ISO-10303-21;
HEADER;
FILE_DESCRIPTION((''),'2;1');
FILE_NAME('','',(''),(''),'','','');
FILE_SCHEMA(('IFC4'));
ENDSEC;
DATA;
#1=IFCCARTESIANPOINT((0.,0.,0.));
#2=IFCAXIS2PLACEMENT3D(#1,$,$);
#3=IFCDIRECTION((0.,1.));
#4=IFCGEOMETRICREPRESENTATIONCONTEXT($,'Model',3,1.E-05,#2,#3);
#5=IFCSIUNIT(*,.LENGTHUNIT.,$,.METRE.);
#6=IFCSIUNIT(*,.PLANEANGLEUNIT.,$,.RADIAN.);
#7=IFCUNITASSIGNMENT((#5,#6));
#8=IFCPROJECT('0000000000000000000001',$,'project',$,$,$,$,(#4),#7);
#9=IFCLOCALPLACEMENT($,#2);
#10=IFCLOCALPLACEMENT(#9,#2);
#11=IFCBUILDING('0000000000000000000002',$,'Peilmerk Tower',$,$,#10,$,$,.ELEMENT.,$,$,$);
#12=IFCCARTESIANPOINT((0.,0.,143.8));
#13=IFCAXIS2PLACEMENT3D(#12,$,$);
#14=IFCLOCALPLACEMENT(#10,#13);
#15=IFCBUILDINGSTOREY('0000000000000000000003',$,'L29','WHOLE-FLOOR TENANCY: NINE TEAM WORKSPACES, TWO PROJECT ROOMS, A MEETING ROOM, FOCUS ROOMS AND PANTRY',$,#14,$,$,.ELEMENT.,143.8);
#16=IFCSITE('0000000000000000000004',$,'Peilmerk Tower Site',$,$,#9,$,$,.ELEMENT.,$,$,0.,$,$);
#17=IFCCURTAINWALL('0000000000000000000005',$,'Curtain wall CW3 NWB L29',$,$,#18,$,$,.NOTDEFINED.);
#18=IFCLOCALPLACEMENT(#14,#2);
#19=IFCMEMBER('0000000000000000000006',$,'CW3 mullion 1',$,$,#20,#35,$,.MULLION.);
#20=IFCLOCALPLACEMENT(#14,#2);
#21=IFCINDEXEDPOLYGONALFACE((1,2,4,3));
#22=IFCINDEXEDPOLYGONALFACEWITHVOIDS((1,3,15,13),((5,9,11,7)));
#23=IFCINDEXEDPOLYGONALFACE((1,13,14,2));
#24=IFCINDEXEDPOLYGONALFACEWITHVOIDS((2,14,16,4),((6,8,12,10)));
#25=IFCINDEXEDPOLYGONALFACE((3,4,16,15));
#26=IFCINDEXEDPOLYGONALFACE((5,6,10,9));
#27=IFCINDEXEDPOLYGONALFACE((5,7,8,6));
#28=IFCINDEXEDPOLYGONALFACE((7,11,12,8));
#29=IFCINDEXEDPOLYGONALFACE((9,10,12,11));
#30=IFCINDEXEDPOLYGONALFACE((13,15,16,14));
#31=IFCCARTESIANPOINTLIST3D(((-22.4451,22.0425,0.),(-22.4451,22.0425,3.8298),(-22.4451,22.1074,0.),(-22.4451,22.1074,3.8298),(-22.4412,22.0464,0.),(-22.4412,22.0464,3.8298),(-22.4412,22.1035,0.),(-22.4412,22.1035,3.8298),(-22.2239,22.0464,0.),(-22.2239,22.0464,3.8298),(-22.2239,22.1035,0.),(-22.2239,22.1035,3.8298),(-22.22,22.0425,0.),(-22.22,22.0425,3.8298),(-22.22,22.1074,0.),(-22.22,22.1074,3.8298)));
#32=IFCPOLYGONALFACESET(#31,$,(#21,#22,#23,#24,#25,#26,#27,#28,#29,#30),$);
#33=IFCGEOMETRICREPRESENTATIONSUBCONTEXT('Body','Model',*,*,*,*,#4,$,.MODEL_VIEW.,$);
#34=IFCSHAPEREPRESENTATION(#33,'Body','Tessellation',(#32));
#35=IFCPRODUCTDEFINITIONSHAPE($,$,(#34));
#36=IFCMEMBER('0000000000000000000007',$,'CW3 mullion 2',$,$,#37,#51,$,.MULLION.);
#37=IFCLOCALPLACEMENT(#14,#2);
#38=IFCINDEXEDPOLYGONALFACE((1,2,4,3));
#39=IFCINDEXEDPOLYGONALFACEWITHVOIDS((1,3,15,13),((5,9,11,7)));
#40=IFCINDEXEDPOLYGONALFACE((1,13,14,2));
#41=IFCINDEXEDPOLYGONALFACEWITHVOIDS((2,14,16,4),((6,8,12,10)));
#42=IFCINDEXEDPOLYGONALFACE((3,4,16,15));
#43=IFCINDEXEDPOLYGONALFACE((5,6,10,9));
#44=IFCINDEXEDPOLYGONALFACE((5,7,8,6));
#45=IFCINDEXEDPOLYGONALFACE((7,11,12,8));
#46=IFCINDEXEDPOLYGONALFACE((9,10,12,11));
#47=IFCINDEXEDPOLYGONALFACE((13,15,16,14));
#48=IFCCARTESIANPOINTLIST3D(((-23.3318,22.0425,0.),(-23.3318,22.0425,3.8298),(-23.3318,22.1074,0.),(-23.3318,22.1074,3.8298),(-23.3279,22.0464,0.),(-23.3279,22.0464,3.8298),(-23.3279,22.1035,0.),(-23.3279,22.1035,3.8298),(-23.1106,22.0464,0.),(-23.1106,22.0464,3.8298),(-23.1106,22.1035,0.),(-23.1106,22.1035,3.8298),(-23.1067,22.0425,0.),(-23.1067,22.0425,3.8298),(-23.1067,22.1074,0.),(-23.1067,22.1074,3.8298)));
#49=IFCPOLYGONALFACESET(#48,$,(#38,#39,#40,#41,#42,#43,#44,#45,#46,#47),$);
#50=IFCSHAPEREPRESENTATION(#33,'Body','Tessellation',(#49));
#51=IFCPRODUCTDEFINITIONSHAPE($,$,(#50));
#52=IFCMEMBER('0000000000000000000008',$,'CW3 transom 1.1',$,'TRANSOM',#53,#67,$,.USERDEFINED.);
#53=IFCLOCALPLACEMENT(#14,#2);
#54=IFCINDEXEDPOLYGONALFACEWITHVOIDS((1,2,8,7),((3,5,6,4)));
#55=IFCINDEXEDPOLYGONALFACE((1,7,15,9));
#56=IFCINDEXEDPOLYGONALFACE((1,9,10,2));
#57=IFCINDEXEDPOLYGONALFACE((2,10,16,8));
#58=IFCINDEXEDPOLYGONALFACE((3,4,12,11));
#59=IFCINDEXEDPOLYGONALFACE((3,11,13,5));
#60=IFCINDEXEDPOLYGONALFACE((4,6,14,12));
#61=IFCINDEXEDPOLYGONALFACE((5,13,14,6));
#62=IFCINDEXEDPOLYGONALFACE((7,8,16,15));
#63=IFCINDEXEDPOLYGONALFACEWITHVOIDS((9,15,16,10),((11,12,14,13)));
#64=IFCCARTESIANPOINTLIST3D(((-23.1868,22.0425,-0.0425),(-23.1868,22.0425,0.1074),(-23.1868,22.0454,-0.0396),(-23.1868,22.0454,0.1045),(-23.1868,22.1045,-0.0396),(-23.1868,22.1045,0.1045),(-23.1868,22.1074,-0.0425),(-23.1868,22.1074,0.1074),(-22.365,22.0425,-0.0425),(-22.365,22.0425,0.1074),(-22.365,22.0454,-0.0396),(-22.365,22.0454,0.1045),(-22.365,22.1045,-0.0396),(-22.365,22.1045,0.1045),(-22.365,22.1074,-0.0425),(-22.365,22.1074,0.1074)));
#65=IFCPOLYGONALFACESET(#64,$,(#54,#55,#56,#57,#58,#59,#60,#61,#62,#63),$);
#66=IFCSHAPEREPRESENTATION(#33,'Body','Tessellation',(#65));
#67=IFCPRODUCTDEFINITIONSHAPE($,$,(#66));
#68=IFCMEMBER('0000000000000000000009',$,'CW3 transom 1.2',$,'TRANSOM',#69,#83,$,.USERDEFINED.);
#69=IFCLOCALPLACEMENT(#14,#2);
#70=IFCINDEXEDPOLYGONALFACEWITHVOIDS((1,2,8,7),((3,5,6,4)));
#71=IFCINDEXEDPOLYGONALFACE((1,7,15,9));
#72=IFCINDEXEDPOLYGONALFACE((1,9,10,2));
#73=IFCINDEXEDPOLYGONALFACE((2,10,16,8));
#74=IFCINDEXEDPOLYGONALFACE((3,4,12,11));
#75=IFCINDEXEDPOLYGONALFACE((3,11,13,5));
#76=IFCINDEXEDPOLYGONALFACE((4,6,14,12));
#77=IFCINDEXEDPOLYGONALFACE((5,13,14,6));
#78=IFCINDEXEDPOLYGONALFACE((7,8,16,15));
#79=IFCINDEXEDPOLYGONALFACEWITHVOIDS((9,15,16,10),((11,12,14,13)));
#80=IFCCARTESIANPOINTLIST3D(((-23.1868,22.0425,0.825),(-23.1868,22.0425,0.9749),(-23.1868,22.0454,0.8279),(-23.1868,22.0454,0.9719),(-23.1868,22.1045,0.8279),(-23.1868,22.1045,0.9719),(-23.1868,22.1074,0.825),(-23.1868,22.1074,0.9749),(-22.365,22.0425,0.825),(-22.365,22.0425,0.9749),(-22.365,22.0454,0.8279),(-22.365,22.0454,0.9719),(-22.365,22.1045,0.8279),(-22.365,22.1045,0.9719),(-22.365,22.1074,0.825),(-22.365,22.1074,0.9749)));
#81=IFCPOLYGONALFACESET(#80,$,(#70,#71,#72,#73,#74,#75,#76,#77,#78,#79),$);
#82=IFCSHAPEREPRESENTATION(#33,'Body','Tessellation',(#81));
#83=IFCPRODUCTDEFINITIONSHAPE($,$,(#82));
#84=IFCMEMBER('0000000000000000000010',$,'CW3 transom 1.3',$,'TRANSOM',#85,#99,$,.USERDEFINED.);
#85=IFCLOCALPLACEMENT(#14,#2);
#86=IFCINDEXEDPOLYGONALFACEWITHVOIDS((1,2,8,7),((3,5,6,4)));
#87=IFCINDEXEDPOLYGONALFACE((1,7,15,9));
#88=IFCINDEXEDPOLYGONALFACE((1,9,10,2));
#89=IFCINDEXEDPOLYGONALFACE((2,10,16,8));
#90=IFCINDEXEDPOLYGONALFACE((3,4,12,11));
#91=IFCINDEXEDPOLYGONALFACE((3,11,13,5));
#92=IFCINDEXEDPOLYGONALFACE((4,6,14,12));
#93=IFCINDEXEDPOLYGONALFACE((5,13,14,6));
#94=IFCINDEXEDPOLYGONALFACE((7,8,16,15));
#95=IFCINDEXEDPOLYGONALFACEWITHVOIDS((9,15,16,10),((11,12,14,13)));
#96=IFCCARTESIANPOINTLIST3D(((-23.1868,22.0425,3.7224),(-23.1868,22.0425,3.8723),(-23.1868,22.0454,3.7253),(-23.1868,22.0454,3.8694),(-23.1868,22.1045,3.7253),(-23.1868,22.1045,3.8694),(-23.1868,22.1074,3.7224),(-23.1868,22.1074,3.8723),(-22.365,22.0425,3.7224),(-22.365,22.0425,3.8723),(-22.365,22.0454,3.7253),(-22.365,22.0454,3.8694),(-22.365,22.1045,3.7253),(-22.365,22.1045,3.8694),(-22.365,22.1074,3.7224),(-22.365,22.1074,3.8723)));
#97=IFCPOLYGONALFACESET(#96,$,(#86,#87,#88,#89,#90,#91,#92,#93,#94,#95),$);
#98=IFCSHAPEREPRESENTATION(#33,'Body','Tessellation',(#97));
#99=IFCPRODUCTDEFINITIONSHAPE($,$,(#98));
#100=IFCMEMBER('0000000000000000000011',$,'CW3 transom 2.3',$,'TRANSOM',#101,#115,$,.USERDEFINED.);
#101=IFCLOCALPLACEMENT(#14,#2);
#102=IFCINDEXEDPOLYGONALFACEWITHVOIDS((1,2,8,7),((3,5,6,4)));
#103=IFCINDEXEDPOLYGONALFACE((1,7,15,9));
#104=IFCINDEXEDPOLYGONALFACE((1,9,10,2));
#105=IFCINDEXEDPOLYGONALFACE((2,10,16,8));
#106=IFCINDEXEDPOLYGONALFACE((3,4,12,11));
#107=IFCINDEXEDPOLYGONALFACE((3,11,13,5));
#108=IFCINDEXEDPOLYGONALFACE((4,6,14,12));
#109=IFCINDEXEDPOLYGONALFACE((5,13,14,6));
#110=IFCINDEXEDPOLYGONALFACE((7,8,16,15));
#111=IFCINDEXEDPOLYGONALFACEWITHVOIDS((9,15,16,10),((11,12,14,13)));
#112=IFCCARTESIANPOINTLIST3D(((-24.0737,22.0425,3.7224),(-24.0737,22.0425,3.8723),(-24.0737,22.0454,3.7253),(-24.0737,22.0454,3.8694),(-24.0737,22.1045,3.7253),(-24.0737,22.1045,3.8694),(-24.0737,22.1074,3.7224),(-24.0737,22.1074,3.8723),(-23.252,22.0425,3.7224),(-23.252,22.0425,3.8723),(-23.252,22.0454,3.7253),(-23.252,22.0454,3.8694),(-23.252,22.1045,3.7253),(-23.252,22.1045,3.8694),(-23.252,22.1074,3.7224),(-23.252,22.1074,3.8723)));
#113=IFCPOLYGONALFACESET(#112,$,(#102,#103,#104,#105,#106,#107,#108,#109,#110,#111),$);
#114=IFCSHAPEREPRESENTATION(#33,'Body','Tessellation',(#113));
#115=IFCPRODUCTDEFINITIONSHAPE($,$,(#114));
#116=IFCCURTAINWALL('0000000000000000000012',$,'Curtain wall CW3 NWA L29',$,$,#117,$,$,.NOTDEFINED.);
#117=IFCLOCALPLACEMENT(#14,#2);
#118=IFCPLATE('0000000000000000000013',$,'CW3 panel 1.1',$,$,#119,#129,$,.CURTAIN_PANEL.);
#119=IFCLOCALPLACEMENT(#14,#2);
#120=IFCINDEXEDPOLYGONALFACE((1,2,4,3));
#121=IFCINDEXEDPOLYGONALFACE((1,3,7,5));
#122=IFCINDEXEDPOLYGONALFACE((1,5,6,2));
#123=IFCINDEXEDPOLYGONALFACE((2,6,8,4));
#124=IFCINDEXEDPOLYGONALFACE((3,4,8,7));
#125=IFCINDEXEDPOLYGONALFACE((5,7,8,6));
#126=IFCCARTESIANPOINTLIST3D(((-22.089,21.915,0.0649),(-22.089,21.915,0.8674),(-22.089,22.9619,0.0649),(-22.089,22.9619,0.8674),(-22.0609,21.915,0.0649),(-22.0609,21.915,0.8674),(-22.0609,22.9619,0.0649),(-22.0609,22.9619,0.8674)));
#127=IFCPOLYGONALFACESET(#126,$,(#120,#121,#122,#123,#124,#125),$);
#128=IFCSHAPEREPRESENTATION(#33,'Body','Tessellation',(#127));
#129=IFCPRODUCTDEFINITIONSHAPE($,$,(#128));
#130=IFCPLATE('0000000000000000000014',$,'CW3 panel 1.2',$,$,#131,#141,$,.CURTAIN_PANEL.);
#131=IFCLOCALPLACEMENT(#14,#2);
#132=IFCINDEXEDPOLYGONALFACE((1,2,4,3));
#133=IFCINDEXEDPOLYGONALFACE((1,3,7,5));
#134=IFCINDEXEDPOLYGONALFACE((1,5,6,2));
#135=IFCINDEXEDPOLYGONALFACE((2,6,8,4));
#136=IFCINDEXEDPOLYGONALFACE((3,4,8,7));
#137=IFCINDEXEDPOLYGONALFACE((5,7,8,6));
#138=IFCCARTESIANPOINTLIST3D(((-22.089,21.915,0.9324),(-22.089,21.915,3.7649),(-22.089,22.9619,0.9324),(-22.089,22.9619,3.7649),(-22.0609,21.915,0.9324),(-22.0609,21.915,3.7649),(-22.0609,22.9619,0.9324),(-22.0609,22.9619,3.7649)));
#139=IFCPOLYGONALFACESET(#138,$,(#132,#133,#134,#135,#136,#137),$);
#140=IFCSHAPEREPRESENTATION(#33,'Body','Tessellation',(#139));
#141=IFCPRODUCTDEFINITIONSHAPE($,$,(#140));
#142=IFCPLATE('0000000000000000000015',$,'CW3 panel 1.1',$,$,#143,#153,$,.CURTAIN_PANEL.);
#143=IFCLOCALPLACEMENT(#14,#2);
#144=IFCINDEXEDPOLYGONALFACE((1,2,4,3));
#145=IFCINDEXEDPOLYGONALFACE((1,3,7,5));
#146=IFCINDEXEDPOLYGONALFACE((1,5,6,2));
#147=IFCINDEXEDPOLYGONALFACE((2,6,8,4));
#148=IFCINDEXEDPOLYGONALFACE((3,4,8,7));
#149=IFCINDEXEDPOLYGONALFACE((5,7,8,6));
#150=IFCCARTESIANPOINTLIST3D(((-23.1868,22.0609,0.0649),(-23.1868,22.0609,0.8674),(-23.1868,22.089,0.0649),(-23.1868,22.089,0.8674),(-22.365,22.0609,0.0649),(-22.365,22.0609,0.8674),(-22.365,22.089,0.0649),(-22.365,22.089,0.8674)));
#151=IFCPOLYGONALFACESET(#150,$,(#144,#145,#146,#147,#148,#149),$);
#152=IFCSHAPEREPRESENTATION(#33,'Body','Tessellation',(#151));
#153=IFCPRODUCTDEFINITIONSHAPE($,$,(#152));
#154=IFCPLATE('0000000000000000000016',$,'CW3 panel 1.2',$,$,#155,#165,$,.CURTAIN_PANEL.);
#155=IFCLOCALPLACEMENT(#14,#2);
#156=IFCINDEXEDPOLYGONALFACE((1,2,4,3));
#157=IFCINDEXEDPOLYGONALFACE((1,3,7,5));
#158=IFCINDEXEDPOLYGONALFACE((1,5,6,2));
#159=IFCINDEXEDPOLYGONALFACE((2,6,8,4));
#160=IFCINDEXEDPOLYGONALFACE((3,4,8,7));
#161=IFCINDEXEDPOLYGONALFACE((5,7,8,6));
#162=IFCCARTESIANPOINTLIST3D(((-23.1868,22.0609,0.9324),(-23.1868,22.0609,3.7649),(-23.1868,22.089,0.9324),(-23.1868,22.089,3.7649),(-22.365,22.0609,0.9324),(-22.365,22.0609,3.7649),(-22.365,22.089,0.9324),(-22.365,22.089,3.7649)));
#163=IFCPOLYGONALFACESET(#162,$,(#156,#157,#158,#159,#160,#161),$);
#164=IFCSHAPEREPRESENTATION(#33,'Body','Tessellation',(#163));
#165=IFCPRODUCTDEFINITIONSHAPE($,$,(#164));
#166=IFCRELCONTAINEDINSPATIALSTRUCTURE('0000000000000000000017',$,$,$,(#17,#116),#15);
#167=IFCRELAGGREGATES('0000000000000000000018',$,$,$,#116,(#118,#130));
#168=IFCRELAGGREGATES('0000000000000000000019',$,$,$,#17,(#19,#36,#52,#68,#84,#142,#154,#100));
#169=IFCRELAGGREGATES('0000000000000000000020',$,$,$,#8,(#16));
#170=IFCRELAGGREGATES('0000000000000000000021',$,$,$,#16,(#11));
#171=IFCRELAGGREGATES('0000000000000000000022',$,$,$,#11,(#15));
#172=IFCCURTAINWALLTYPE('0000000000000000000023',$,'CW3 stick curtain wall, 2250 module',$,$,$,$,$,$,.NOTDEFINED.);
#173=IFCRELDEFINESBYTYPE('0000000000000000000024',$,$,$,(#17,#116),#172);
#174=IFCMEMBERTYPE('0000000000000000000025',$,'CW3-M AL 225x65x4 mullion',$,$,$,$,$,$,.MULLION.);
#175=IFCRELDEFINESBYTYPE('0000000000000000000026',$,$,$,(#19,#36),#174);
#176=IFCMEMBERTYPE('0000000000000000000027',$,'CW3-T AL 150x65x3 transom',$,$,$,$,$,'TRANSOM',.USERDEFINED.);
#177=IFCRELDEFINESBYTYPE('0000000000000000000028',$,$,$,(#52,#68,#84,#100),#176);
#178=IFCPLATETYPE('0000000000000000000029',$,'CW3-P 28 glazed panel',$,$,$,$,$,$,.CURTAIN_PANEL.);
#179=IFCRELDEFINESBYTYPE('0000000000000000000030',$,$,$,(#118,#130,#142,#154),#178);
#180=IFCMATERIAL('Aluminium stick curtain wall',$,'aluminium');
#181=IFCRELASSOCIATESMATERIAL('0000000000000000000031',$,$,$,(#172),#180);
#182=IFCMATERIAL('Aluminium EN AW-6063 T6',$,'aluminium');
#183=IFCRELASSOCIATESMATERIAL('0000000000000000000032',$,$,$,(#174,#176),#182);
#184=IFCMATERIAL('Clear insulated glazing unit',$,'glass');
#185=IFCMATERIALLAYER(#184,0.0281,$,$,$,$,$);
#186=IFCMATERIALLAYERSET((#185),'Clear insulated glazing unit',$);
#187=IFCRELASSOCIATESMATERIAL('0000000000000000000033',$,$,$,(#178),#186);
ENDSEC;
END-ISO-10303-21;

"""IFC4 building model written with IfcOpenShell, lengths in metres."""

from ifc_helpers import new_model, si_unit, direction, frame, origin, origin_2d, place, context, subcontext, project, spatial, rectangle, hollow_rectangle, extrude, material, layer, layer_set, material_profile, profile_set, type_object, element, aggregate, save


model = new_model("IFC4")

# Units and contexts
model_context = context("Model", 3, precision=1e-05, world=origin(), true_north=direction((0.0, 1.0)))
body_context = subcontext(model_context, "Body", "Model", "MODEL_VIEW")
ifc_project = project(units=[si_unit("LENGTHUNIT", "METRE"), si_unit("PLANEANGLEUNIT", "RADIAN")], contexts=[model_context])

# Site, building, storey
site_placement = place(None, origin())
site = spatial("IfcSite", under=ifc_project, at=site_placement, Name="Peilmerk Tower Site", CompositionType="ELEMENT", RefElevation=0.0)
building_placement = place(site_placement, origin())
building = spatial("IfcBuilding", under=site, at=building_placement, Name="Peilmerk Tower", CompositionType="ELEMENT")
storey_placement = place(building_placement, frame((0.0, 0.0, 143.8)))
storey = spatial("IfcBuildingStorey", under=building, at=storey_placement, Name="L29", Description="WHOLE-FLOOR TENANCY: NINE TEAM WORKSPACES, TWO PROJECT ROOMS, A MEETING ROOM, FOCUS ROOMS AND PANTRY", CompositionType="ELEMENT", Elevation=143.8)

# Curtain wall, members
ifc_material_1 = material(Name="Aluminium stick curtain wall", Category="aluminium")
curtain_wall_type = type_object("IfcCurtainWallType", Name="CW3 stick curtain wall, 2250 module", PredefinedType="NOTDEFINED", material=ifc_material_1)
curtain_wall_1_placement = place(storey_placement, origin())
curtain_wall_1 = element("IfcCurtainWall", 1, at=curtain_wall_1_placement, inside=storey, type_object=curtain_wall_type, Name="Curtain wall CW3 NWB L29", PredefinedType="NOTDEFINED")
ifc_material_2 = material(Name="Aluminium EN AW-6063 T6", Category="aluminium")
ifc_material_profile_1 = material_profile(ifc_material_2, hollow_rectangle(XDim=0.0649, YDim=0.2251, WallThickness=0.0039, at=origin_2d()), Name="AL 225x65x4")
ifc_profile_set_1 = profile_set([ifc_material_profile_1], Name="Aluminium EN AW-6063 T6")
member_type_1 = type_object("IfcMemberType", Name="CW3-M AL 225x65x4 mullion", PredefinedType="MULLION", material=ifc_profile_set_1)
member_1_placement = place(storey_placement, frame((-22.3325, 22.075, 0.0), z_axis=(0.0, 0.0, 1.0), x_axis=(0.0, -1.0, 0.0)))
member_1 = element("IfcMember", 2, at=member_1_placement, type_object=member_type_1, Name="CW3 mullion 1", PredefinedType="MULLION", context=body_context, shape_type="SweptSolid", body=[
    extrude(hollow_rectangle(XDim=0.0649, YDim=0.2251, WallThickness=0.0039, at=origin_2d()), origin(), (0.0, 0.0, 1.0), 3.8298),
])
member_2_placement = place(storey_placement, frame((-23.2192, 22.075, 0.0), z_axis=(0.0, 0.0, 1.0), x_axis=(0.0, -1.0, 0.0)))
member_2 = element("IfcMember", 3, at=member_2_placement, type_object=member_type_1, Name="CW3 mullion 2", PredefinedType="MULLION", context=body_context, shape_type="SweptSolid", body=[
    extrude(hollow_rectangle(XDim=0.0649, YDim=0.2251, WallThickness=0.0039, at=origin_2d()), origin(), (0.0, 0.0, 1.0), 3.8298),
])
ifc_material_profile_2 = material_profile(ifc_material_2, hollow_rectangle(XDim=0.0649, YDim=0.1499, WallThickness=0.0029, at=origin_2d()), Name="AL 150x65x3")
ifc_profile_set_2 = profile_set([ifc_material_profile_2], Name="Aluminium EN AW-6063 T6")
member_type_2 = type_object("IfcMemberType", Name="CW3-T AL 150x65x3 transom", ElementType="TRANSOM", PredefinedType="USERDEFINED", material=ifc_profile_set_2)
member_3_placement = place(storey_placement, frame((-22.365, 22.075, 0.0325), z_axis=(-1.0, 0.0, 0.0), x_axis=(0.0, -1.0, 0.0)))
member_3 = element("IfcMember", 4, at=member_3_placement, type_object=member_type_2, Name="CW3 transom 1.1", ObjectType="TRANSOM", PredefinedType="USERDEFINED", context=body_context, shape_type="SweptSolid", body=[
    extrude(hollow_rectangle(XDim=0.0649, YDim=0.1499, WallThickness=0.0029, at=origin_2d()), origin(), (0.0, 0.0, 1.0), 0.8218),
])
member_4_placement = place(storey_placement, frame((-22.365, 22.075, 0.8999), z_axis=(-1.0, 0.0, 0.0), x_axis=(0.0, -1.0, 0.0)))
member_4 = element("IfcMember", 5, at=member_4_placement, type_object=member_type_2, Name="CW3 transom 1.2", ObjectType="TRANSOM", PredefinedType="USERDEFINED", context=body_context, shape_type="SweptSolid", body=[
    extrude(hollow_rectangle(XDim=0.0649, YDim=0.1499, WallThickness=0.0029, at=origin_2d()), origin(), (0.0, 0.0, 1.0), 0.8218),
])
member_5_placement = place(storey_placement, frame((-22.365, 22.075, 3.7974), z_axis=(-1.0, 0.0, 0.0), x_axis=(0.0, -1.0, 0.0)))
member_5 = element("IfcMember", 6, at=member_5_placement, type_object=member_type_2, Name="CW3 transom 1.3", ObjectType="TRANSOM", PredefinedType="USERDEFINED", context=body_context, shape_type="SweptSolid", body=[
    extrude(hollow_rectangle(XDim=0.0649, YDim=0.1499, WallThickness=0.0029, at=origin_2d()), origin(), (0.0, 0.0, 1.0), 0.8218),
])
member_6_placement = place(storey_placement, frame((-23.252, 22.075, 3.7974), z_axis=(-1.0, 0.0, 0.0), x_axis=(0.0, -1.0, 0.0)))
member_6 = element("IfcMember", 7, at=member_6_placement, type_object=member_type_2, Name="CW3 transom 2.3", ObjectType="TRANSOM", PredefinedType="USERDEFINED", context=body_context, shape_type="SweptSolid", body=[
    extrude(hollow_rectangle(XDim=0.0649, YDim=0.1499, WallThickness=0.0029, at=origin_2d()), origin(), (0.0, 0.0, 1.0), 0.8218),
])

# Curtain wall, plates
curtain_wall_2_placement = place(storey_placement, origin())
curtain_wall_2 = element("IfcCurtainWall", 8, at=curtain_wall_2_placement, inside=storey, type_object=curtain_wall_type, Name="Curtain wall CW3 NWA L29", PredefinedType="NOTDEFINED")
ifc_material_3 = material(Name="Clear insulated glazing unit", Category="glass")
ifc_layer_1 = layer(ifc_material_3, 0.0281)
ifc_layer_set_1 = layer_set([ifc_layer_1], Name="Clear insulated glazing unit")
plate_type = type_object("IfcPlateType", Name="CW3-P 28 glazed panel", PredefinedType="CURTAIN_PANEL", material=ifc_layer_set_1)
plate_1_placement = place(storey_placement, frame((-22.075, 22.4385, 0.0649), z_axis=(0.0, 0.0, 1.0), x_axis=(0.0, 1.0, 0.0)))
plate_1 = element("IfcPlate", 9, at=plate_1_placement, type_object=plate_type, Name="CW3 panel 1.1", PredefinedType="CURTAIN_PANEL", context=body_context, shape_type="SweptSolid", body=[
    extrude(rectangle(XDim=1.0469, YDim=0.0281, at=origin_2d()), origin(), (0.0, 0.0, 1.0), 0.8025),
])
plate_2_placement = place(storey_placement, frame((-22.075, 22.4385, 0.9324), z_axis=(0.0, 0.0, 1.0), x_axis=(0.0, 1.0, 0.0)))
plate_2 = element("IfcPlate", 10, at=plate_2_placement, type_object=plate_type, Name="CW3 panel 1.2", PredefinedType="CURTAIN_PANEL", context=body_context, shape_type="SweptSolid", body=[
    extrude(rectangle(XDim=1.0469, YDim=0.0281, at=origin_2d()), origin(), (0.0, 0.0, 1.0), 2.8325),
])
aggregate(curtain_wall_2, [plate_1, plate_2])

# Plates
plate_3_placement = place(storey_placement, frame((-22.7759, 22.075, 0.0649), z_axis=(0.0, 0.0, 1.0), x_axis=(-1.0, 0.0, 0.0)))
plate_3 = element("IfcPlate", 11, at=plate_3_placement, type_object=plate_type, Name="CW3 panel 1.1", PredefinedType="CURTAIN_PANEL", context=body_context, shape_type="SweptSolid", body=[
    extrude(rectangle(XDim=0.8218, YDim=0.0281, at=origin_2d()), origin(), (0.0, 0.0, 1.0), 0.8025),
])
plate_4_placement = place(storey_placement, frame((-22.7759, 22.075, 0.9324), z_axis=(0.0, 0.0, 1.0), x_axis=(-1.0, 0.0, 0.0)))
plate_4 = element("IfcPlate", 12, at=plate_4_placement, type_object=plate_type, Name="CW3 panel 1.2", PredefinedType="CURTAIN_PANEL", context=body_context, shape_type="SweptSolid", body=[
    extrude(rectangle(XDim=0.8218, YDim=0.0281, at=origin_2d()), origin(), (0.0, 0.0, 1.0), 2.8325),
])
aggregate(curtain_wall_1, [member_1, member_2, member_3, member_4, member_5, plate_3, plate_4, member_6])

save(model, "model.ifc")
